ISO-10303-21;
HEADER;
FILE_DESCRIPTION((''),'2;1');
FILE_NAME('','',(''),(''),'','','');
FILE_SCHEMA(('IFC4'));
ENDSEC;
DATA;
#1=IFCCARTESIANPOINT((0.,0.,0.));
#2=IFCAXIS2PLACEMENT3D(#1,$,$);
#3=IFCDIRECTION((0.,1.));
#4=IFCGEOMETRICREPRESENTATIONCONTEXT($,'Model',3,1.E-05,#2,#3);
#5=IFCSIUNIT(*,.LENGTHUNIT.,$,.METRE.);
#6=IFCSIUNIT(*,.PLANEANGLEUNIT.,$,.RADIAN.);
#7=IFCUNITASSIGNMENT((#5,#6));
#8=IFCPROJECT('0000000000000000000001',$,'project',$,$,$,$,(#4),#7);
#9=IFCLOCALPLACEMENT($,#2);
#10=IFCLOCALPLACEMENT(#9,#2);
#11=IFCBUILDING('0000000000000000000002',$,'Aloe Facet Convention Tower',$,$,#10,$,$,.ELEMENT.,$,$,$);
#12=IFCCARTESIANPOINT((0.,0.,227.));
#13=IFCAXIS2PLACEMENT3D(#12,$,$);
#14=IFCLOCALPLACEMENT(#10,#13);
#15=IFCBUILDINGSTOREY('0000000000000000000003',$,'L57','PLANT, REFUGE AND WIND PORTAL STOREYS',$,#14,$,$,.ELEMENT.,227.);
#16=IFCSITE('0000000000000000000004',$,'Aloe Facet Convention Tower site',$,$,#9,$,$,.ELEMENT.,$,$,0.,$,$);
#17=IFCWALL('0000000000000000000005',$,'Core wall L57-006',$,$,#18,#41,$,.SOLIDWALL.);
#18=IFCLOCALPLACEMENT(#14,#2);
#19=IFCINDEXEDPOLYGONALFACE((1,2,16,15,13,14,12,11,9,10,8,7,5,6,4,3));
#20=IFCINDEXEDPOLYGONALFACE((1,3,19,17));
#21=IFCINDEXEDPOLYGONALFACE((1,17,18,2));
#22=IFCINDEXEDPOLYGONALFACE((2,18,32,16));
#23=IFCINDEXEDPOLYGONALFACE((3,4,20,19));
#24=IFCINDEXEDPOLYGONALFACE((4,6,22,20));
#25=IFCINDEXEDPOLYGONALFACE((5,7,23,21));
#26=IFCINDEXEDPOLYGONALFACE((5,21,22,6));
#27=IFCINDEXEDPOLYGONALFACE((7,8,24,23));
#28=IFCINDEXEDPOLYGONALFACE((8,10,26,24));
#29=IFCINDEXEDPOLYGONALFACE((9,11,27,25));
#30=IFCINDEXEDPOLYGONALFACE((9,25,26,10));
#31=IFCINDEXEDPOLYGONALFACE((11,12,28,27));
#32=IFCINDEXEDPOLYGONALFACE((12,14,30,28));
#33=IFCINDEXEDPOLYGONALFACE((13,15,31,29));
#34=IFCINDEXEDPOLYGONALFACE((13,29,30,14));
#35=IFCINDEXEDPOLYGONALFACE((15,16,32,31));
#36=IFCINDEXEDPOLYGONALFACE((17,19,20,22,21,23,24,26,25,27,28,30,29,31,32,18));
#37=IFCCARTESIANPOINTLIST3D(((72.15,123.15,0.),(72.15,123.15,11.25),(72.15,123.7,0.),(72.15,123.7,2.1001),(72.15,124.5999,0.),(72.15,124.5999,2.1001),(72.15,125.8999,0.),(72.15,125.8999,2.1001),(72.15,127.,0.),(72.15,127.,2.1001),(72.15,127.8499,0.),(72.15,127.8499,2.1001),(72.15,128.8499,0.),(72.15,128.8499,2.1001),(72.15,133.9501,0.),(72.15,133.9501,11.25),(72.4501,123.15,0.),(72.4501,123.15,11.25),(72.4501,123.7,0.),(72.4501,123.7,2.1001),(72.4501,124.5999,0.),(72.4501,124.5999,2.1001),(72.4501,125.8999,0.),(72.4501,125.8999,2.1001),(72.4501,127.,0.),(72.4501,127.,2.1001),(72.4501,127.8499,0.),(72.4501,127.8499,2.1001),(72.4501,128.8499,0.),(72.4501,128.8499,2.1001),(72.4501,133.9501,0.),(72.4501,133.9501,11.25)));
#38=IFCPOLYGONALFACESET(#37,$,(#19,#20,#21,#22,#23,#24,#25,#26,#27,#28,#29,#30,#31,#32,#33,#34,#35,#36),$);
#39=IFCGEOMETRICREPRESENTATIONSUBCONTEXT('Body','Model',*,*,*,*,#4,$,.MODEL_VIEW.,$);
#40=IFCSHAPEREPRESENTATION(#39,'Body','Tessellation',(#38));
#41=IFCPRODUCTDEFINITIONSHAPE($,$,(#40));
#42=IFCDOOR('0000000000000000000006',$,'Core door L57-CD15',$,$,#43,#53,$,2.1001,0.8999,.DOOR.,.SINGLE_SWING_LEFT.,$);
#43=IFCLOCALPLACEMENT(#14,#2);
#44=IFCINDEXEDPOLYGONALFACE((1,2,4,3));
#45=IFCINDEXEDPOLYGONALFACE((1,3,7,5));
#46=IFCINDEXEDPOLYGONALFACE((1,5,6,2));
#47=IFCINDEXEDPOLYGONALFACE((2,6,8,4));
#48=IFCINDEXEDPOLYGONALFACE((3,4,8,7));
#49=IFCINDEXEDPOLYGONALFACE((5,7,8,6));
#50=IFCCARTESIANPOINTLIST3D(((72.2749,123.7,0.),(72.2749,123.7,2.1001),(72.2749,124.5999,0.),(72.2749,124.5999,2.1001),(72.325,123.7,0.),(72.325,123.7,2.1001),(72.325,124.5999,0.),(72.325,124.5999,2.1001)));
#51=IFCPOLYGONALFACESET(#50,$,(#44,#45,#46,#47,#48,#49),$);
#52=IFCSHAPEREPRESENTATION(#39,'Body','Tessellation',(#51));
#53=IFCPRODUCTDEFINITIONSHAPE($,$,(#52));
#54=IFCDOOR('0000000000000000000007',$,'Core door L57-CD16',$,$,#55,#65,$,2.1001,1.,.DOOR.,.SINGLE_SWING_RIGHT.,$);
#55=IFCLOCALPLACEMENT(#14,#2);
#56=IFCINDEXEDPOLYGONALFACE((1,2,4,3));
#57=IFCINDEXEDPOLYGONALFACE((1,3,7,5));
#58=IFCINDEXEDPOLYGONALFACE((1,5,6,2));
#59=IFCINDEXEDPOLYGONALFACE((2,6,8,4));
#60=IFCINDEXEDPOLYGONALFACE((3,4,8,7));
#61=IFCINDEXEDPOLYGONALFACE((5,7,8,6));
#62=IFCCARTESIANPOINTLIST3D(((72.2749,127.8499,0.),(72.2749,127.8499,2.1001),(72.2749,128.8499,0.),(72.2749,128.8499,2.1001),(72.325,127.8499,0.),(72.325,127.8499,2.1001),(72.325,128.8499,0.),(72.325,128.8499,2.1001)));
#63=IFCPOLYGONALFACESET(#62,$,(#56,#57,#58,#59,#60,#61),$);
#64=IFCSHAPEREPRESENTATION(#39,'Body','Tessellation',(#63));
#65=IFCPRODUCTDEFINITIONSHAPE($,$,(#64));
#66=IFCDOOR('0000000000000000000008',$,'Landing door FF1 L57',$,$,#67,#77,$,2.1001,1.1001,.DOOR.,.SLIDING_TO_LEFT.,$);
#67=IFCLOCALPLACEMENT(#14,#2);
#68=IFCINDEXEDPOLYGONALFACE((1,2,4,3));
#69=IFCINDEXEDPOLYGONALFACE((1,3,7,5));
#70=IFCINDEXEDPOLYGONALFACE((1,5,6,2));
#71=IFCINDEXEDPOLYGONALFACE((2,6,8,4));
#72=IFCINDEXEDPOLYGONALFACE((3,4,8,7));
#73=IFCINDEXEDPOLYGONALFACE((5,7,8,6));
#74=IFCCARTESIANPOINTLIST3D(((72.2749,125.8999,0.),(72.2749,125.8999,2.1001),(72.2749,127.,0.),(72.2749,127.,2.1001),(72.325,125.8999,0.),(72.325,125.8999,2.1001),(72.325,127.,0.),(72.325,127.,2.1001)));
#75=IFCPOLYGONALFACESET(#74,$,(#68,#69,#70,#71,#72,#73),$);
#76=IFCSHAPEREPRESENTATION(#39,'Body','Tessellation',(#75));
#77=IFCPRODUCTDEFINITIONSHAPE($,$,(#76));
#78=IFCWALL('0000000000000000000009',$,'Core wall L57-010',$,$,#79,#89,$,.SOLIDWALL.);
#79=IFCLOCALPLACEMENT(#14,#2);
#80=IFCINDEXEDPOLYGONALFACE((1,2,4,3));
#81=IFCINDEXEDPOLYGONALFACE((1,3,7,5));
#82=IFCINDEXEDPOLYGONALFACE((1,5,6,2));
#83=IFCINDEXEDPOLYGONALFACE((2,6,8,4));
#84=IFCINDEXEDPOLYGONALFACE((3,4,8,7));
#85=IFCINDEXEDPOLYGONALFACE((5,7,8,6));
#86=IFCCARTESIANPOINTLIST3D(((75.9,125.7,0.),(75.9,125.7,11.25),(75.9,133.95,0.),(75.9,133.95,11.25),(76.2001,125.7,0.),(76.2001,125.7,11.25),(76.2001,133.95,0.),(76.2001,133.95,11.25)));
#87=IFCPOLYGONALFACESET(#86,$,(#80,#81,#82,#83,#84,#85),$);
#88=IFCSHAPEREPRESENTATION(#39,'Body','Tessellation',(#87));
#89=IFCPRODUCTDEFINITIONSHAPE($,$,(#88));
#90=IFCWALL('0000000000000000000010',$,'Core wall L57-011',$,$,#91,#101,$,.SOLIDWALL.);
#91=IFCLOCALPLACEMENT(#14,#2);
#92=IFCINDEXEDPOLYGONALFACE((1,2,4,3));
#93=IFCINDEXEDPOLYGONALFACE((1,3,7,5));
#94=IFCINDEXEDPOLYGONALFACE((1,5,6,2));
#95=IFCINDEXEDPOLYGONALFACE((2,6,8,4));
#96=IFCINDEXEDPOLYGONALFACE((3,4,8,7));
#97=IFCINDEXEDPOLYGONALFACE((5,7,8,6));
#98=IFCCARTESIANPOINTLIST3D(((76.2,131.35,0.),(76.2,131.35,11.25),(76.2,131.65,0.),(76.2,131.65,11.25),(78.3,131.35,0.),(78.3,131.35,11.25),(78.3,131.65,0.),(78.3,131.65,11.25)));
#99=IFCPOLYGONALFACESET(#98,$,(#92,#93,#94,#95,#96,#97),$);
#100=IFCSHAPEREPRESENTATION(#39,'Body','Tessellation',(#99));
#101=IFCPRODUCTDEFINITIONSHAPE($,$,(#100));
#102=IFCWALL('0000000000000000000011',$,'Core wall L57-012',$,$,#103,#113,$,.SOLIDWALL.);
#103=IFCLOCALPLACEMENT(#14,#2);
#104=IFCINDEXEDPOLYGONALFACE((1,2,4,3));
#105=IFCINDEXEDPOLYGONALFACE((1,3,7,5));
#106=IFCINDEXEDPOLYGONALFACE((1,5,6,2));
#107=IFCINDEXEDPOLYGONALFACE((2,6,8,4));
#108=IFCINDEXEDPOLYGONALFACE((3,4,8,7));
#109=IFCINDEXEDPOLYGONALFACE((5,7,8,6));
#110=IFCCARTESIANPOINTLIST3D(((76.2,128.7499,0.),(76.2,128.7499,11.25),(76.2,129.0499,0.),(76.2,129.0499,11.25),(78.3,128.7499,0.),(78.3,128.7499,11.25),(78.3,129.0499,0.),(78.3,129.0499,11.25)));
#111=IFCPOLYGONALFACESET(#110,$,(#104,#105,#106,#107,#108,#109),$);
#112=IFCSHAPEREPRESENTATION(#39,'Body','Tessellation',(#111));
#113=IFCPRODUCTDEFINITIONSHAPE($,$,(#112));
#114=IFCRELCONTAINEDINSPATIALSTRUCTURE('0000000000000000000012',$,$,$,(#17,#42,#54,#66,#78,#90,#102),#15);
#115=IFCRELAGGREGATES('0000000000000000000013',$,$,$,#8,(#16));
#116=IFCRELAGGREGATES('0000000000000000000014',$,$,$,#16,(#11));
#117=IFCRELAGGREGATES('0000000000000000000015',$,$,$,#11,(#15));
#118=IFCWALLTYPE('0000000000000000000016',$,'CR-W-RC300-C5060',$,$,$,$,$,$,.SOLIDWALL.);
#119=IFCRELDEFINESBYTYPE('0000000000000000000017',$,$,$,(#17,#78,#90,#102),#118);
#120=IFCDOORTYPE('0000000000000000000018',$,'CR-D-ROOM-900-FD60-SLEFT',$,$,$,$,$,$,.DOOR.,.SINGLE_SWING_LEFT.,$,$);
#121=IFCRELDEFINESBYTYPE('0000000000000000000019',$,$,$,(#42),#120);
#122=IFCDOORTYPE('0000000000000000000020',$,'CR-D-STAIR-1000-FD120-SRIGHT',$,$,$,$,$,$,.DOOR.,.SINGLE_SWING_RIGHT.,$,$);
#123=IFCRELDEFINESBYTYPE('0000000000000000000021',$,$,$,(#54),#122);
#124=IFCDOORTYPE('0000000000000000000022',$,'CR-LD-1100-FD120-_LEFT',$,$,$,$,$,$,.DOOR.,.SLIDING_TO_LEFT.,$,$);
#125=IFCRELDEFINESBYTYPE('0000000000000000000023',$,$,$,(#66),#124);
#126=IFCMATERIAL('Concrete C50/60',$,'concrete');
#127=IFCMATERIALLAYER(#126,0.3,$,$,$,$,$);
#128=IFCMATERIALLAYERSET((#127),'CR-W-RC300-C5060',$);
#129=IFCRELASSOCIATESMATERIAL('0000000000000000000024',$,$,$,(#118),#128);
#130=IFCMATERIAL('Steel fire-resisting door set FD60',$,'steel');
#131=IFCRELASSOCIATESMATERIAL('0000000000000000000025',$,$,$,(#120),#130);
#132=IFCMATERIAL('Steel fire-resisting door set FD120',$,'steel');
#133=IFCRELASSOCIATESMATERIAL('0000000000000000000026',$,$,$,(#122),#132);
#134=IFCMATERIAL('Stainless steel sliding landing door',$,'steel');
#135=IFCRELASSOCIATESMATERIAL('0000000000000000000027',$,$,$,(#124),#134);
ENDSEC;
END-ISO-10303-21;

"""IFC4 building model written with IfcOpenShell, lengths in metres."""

from ifc_helpers import new_model, si_unit, direction, frame, frame_2d, origin, place, context, subcontext, project, spatial, rectangle, extrude, material, layer, layer_set, type_object, element, fill, save


model = new_model("IFC4")

# Units and contexts
model_context = context("Model", 3, precision=1e-05, world=origin(), true_north=direction((0.0, 1.0)))
body_context = subcontext(model_context, "Body", "Model", "MODEL_VIEW")
ifc_project = project(units=[si_unit("LENGTHUNIT", "METRE"), si_unit("PLANEANGLEUNIT", "RADIAN")], contexts=[model_context])

# Site, building, storey
site_placement = place(None, origin())
site = spatial("IfcSite", under=ifc_project, at=site_placement, Name="Aloe Facet Convention Tower site", CompositionType="ELEMENT", RefElevation=0.0)
building_placement = place(site_placement, origin())
building = spatial("IfcBuilding", under=site, at=building_placement, Name="Aloe Facet Convention Tower", CompositionType="ELEMENT")
storey_placement = place(building_placement, frame((0.0, 0.0, 227.0)))
storey = spatial("IfcBuildingStorey", under=building, at=storey_placement, Name="L57", Description="PLANT, REFUGE AND WIND PORTAL STOREYS", CompositionType="ELEMENT", Elevation=227.0)

# Wall, openings, doors
ifc_material_1 = material(Name="Concrete C50/60", Category="concrete")
ifc_layer_1 = layer(ifc_material_1, 0.3)
ifc_layer_set_1 = layer_set([ifc_layer_1], Name="CR-W-RC300-C5060")
wall_type_1 = type_object("IfcWallType", Name="CR-W-RC300-C5060", PredefinedType="SOLIDWALL", material=ifc_layer_set_1)
wall_1_placement = place(storey_placement, frame((72.3, 133.95, 0.0), z_axis=(0.0, 0.0, 1.0), x_axis=(0.0, -1.0, 0.0)))
wall_1 = element("IfcWall", 1, at=wall_1_placement, inside=storey, type_object=wall_type_1, Name="Core wall L57-006", PredefinedType="SOLIDWALL", context=body_context, shape_type="SweptSolid", body=[
    extrude(rectangle(XDim=10.8, YDim=0.3, at=frame_2d((5.3999, 0.0))), origin(), (0.0, 0.0, 1.0), 11.25),
])
opening_1_placement = place(wall_1_placement, frame((6.95, 0.0, 0.0)))
opening_1 = element("IfcOpeningElement", 2, at=opening_1_placement, cuts=wall_1, PredefinedType="OPENING", context=body_context, shape_type="SweptSolid", body=[
    extrude(rectangle(XDim=1.1001, YDim=2.1001, at=frame_2d((0.55, 1.05))), frame((0.0, 0.1602, 0.0), z_axis=(0.0, -1.0, 0.0), x_axis=(1.0, 0.0, 0.0)), (0.0, 0.0, 1.0), 0.3201),
])
opening_2_placement = place(wall_1_placement, frame((9.3501, 0.0, 0.0)))
opening_2 = element("IfcOpeningElement", 3, at=opening_2_placement, cuts=wall_1, PredefinedType="OPENING", context=body_context, shape_type="SweptSolid", body=[
    extrude(rectangle(XDim=0.8999, YDim=2.1001, at=frame_2d((0.45, 1.05))), frame((0.0, 0.1602, 0.0), z_axis=(0.0, -1.0, 0.0), x_axis=(1.0, 0.0, 0.0)), (0.0, 0.0, 1.0), 0.3201),
])
opening_3_placement = place(wall_1_placement, frame((5.1001, 0.0, 0.0)))
opening_3 = element("IfcOpeningElement", 4, at=opening_3_placement, cuts=wall_1, PredefinedType="OPENING", context=body_context, shape_type="SweptSolid", body=[
    extrude(rectangle(XDim=1.0, YDim=2.1001, at=frame_2d((0.5, 1.05))), frame((0.0, 0.1602, 0.0), z_axis=(0.0, -1.0, 0.0), x_axis=(1.0, 0.0, 0.0)), (0.0, 0.0, 1.0), 0.3201),
])
ifc_material_2 = material(Name="Steel fire-resisting door set FD60", Category="steel")
door_type_1 = type_object("IfcDoorType", Name="CR-D-ROOM-900-FD60-SLEFT", OperationType="SINGLE_SWING_LEFT", PredefinedType="DOOR", material=ifc_material_2)
door_1_placement = place(opening_2_placement, origin())
door_1 = element("IfcDoor", 5, at=door_1_placement, inside=storey, type_object=door_type_1, Name="Core door L57-CD15", OperationType="SINGLE_SWING_LEFT", OverallHeight=2.1001, OverallWidth=0.8999, PredefinedType="DOOR", context=body_context, shape_type="SweptSolid", body=[
    extrude(rectangle(XDim=0.8999, YDim=2.1001, at=frame_2d((0.45, 1.05))), frame((0.0, 0.0249, 0.0), z_axis=(0.0, -1.0, 0.0), x_axis=(1.0, 0.0, 0.0)), (0.0, 0.0, 1.0), 0.05),
])
fill(opening_2, door_1)
ifc_material_3 = material(Name="Steel fire-resisting door set FD120", Category="steel")
door_type_2 = type_object("IfcDoorType", Name="CR-D-STAIR-1000-FD120-SRIGHT", OperationType="SINGLE_SWING_RIGHT", PredefinedType="DOOR", material=ifc_material_3)
door_2_placement = place(opening_3_placement, origin())
door_2 = element("IfcDoor", 6, at=door_2_placement, inside=storey, type_object=door_type_2, Name="Core door L57-CD16", OperationType="SINGLE_SWING_RIGHT", OverallHeight=2.1001, OverallWidth=1.0, PredefinedType="DOOR", context=body_context, shape_type="SweptSolid", body=[
    extrude(rectangle(XDim=1.0, YDim=2.1001, at=frame_2d((0.5, 1.05))), frame((0.0, 0.0249, 0.0), z_axis=(0.0, -1.0, 0.0), x_axis=(1.0, 0.0, 0.0)), (0.0, 0.0, 1.0), 0.05),
])
fill(opening_3, door_2)
ifc_material_4 = material(Name="Stainless steel sliding landing door", Category="steel")
door_type_3 = type_object("IfcDoorType", Name="CR-LD-1100-FD120-_LEFT", OperationType="SLIDING_TO_LEFT", PredefinedType="DOOR", material=ifc_material_4)
door_3_placement = place(opening_1_placement, origin())
door_3 = element("IfcDoor", 7, at=door_3_placement, inside=storey, type_object=door_type_3, Name="Landing door FF1 L57", OperationType="SLIDING_TO_LEFT", OverallHeight=2.1001, OverallWidth=1.1001, PredefinedType="DOOR", context=body_context, shape_type="SweptSolid", body=[
    extrude(rectangle(XDim=1.1001, YDim=2.1001, at=frame_2d((0.55, 1.05))), frame((0.0, 0.0249, 0.0), z_axis=(0.0, -1.0, 0.0), x_axis=(1.0, 0.0, 0.0)), (0.0, 0.0, 1.0), 0.05),
])
fill(opening_1, door_3)

# Walls
wall_2_placement = place(storey_placement, frame((76.05, 133.95, 0.0), z_axis=(0.0, 0.0, 1.0), x_axis=(0.0, -1.0, 0.0)))
element("IfcWall", 8, at=wall_2_placement, inside=storey, type_object=wall_type_1, Name="Core wall L57-010", PredefinedType="SOLIDWALL", context=body_context, shape_type="SweptSolid", body=[
    extrude(rectangle(XDim=8.25, YDim=0.3, at=frame_2d((4.125, 0.0))), origin(), (0.0, 0.0, 1.0), 11.25),
])
for number, where, z_axis, x_axis, name in (
    (9, (76.2, 131.5, 0.0), (0.0, 0.0, 1.0), (1.0, 0.0, 0.0), "Core wall L57-011"),
    (10, (76.2, 128.8999, 0.0), (0.0, 0.0, 1.0), (1.0, 0.0, 0.0), "Core wall L57-012"),
):
    element("IfcWall", number, at=place(storey_placement, frame(where, z_axis=z_axis, x_axis=x_axis)), inside=storey, type_object=wall_type_1, Name=name, PredefinedType="SOLIDWALL", context=body_context, shape_type="SweptSolid", body=[
        extrude(rectangle(XDim=2.1001, YDim=0.3, at=frame_2d((1.05, 0.0))), origin(), (0.0, 0.0, 1.0), 11.25),
    ])

save(model, "model.ifc")
